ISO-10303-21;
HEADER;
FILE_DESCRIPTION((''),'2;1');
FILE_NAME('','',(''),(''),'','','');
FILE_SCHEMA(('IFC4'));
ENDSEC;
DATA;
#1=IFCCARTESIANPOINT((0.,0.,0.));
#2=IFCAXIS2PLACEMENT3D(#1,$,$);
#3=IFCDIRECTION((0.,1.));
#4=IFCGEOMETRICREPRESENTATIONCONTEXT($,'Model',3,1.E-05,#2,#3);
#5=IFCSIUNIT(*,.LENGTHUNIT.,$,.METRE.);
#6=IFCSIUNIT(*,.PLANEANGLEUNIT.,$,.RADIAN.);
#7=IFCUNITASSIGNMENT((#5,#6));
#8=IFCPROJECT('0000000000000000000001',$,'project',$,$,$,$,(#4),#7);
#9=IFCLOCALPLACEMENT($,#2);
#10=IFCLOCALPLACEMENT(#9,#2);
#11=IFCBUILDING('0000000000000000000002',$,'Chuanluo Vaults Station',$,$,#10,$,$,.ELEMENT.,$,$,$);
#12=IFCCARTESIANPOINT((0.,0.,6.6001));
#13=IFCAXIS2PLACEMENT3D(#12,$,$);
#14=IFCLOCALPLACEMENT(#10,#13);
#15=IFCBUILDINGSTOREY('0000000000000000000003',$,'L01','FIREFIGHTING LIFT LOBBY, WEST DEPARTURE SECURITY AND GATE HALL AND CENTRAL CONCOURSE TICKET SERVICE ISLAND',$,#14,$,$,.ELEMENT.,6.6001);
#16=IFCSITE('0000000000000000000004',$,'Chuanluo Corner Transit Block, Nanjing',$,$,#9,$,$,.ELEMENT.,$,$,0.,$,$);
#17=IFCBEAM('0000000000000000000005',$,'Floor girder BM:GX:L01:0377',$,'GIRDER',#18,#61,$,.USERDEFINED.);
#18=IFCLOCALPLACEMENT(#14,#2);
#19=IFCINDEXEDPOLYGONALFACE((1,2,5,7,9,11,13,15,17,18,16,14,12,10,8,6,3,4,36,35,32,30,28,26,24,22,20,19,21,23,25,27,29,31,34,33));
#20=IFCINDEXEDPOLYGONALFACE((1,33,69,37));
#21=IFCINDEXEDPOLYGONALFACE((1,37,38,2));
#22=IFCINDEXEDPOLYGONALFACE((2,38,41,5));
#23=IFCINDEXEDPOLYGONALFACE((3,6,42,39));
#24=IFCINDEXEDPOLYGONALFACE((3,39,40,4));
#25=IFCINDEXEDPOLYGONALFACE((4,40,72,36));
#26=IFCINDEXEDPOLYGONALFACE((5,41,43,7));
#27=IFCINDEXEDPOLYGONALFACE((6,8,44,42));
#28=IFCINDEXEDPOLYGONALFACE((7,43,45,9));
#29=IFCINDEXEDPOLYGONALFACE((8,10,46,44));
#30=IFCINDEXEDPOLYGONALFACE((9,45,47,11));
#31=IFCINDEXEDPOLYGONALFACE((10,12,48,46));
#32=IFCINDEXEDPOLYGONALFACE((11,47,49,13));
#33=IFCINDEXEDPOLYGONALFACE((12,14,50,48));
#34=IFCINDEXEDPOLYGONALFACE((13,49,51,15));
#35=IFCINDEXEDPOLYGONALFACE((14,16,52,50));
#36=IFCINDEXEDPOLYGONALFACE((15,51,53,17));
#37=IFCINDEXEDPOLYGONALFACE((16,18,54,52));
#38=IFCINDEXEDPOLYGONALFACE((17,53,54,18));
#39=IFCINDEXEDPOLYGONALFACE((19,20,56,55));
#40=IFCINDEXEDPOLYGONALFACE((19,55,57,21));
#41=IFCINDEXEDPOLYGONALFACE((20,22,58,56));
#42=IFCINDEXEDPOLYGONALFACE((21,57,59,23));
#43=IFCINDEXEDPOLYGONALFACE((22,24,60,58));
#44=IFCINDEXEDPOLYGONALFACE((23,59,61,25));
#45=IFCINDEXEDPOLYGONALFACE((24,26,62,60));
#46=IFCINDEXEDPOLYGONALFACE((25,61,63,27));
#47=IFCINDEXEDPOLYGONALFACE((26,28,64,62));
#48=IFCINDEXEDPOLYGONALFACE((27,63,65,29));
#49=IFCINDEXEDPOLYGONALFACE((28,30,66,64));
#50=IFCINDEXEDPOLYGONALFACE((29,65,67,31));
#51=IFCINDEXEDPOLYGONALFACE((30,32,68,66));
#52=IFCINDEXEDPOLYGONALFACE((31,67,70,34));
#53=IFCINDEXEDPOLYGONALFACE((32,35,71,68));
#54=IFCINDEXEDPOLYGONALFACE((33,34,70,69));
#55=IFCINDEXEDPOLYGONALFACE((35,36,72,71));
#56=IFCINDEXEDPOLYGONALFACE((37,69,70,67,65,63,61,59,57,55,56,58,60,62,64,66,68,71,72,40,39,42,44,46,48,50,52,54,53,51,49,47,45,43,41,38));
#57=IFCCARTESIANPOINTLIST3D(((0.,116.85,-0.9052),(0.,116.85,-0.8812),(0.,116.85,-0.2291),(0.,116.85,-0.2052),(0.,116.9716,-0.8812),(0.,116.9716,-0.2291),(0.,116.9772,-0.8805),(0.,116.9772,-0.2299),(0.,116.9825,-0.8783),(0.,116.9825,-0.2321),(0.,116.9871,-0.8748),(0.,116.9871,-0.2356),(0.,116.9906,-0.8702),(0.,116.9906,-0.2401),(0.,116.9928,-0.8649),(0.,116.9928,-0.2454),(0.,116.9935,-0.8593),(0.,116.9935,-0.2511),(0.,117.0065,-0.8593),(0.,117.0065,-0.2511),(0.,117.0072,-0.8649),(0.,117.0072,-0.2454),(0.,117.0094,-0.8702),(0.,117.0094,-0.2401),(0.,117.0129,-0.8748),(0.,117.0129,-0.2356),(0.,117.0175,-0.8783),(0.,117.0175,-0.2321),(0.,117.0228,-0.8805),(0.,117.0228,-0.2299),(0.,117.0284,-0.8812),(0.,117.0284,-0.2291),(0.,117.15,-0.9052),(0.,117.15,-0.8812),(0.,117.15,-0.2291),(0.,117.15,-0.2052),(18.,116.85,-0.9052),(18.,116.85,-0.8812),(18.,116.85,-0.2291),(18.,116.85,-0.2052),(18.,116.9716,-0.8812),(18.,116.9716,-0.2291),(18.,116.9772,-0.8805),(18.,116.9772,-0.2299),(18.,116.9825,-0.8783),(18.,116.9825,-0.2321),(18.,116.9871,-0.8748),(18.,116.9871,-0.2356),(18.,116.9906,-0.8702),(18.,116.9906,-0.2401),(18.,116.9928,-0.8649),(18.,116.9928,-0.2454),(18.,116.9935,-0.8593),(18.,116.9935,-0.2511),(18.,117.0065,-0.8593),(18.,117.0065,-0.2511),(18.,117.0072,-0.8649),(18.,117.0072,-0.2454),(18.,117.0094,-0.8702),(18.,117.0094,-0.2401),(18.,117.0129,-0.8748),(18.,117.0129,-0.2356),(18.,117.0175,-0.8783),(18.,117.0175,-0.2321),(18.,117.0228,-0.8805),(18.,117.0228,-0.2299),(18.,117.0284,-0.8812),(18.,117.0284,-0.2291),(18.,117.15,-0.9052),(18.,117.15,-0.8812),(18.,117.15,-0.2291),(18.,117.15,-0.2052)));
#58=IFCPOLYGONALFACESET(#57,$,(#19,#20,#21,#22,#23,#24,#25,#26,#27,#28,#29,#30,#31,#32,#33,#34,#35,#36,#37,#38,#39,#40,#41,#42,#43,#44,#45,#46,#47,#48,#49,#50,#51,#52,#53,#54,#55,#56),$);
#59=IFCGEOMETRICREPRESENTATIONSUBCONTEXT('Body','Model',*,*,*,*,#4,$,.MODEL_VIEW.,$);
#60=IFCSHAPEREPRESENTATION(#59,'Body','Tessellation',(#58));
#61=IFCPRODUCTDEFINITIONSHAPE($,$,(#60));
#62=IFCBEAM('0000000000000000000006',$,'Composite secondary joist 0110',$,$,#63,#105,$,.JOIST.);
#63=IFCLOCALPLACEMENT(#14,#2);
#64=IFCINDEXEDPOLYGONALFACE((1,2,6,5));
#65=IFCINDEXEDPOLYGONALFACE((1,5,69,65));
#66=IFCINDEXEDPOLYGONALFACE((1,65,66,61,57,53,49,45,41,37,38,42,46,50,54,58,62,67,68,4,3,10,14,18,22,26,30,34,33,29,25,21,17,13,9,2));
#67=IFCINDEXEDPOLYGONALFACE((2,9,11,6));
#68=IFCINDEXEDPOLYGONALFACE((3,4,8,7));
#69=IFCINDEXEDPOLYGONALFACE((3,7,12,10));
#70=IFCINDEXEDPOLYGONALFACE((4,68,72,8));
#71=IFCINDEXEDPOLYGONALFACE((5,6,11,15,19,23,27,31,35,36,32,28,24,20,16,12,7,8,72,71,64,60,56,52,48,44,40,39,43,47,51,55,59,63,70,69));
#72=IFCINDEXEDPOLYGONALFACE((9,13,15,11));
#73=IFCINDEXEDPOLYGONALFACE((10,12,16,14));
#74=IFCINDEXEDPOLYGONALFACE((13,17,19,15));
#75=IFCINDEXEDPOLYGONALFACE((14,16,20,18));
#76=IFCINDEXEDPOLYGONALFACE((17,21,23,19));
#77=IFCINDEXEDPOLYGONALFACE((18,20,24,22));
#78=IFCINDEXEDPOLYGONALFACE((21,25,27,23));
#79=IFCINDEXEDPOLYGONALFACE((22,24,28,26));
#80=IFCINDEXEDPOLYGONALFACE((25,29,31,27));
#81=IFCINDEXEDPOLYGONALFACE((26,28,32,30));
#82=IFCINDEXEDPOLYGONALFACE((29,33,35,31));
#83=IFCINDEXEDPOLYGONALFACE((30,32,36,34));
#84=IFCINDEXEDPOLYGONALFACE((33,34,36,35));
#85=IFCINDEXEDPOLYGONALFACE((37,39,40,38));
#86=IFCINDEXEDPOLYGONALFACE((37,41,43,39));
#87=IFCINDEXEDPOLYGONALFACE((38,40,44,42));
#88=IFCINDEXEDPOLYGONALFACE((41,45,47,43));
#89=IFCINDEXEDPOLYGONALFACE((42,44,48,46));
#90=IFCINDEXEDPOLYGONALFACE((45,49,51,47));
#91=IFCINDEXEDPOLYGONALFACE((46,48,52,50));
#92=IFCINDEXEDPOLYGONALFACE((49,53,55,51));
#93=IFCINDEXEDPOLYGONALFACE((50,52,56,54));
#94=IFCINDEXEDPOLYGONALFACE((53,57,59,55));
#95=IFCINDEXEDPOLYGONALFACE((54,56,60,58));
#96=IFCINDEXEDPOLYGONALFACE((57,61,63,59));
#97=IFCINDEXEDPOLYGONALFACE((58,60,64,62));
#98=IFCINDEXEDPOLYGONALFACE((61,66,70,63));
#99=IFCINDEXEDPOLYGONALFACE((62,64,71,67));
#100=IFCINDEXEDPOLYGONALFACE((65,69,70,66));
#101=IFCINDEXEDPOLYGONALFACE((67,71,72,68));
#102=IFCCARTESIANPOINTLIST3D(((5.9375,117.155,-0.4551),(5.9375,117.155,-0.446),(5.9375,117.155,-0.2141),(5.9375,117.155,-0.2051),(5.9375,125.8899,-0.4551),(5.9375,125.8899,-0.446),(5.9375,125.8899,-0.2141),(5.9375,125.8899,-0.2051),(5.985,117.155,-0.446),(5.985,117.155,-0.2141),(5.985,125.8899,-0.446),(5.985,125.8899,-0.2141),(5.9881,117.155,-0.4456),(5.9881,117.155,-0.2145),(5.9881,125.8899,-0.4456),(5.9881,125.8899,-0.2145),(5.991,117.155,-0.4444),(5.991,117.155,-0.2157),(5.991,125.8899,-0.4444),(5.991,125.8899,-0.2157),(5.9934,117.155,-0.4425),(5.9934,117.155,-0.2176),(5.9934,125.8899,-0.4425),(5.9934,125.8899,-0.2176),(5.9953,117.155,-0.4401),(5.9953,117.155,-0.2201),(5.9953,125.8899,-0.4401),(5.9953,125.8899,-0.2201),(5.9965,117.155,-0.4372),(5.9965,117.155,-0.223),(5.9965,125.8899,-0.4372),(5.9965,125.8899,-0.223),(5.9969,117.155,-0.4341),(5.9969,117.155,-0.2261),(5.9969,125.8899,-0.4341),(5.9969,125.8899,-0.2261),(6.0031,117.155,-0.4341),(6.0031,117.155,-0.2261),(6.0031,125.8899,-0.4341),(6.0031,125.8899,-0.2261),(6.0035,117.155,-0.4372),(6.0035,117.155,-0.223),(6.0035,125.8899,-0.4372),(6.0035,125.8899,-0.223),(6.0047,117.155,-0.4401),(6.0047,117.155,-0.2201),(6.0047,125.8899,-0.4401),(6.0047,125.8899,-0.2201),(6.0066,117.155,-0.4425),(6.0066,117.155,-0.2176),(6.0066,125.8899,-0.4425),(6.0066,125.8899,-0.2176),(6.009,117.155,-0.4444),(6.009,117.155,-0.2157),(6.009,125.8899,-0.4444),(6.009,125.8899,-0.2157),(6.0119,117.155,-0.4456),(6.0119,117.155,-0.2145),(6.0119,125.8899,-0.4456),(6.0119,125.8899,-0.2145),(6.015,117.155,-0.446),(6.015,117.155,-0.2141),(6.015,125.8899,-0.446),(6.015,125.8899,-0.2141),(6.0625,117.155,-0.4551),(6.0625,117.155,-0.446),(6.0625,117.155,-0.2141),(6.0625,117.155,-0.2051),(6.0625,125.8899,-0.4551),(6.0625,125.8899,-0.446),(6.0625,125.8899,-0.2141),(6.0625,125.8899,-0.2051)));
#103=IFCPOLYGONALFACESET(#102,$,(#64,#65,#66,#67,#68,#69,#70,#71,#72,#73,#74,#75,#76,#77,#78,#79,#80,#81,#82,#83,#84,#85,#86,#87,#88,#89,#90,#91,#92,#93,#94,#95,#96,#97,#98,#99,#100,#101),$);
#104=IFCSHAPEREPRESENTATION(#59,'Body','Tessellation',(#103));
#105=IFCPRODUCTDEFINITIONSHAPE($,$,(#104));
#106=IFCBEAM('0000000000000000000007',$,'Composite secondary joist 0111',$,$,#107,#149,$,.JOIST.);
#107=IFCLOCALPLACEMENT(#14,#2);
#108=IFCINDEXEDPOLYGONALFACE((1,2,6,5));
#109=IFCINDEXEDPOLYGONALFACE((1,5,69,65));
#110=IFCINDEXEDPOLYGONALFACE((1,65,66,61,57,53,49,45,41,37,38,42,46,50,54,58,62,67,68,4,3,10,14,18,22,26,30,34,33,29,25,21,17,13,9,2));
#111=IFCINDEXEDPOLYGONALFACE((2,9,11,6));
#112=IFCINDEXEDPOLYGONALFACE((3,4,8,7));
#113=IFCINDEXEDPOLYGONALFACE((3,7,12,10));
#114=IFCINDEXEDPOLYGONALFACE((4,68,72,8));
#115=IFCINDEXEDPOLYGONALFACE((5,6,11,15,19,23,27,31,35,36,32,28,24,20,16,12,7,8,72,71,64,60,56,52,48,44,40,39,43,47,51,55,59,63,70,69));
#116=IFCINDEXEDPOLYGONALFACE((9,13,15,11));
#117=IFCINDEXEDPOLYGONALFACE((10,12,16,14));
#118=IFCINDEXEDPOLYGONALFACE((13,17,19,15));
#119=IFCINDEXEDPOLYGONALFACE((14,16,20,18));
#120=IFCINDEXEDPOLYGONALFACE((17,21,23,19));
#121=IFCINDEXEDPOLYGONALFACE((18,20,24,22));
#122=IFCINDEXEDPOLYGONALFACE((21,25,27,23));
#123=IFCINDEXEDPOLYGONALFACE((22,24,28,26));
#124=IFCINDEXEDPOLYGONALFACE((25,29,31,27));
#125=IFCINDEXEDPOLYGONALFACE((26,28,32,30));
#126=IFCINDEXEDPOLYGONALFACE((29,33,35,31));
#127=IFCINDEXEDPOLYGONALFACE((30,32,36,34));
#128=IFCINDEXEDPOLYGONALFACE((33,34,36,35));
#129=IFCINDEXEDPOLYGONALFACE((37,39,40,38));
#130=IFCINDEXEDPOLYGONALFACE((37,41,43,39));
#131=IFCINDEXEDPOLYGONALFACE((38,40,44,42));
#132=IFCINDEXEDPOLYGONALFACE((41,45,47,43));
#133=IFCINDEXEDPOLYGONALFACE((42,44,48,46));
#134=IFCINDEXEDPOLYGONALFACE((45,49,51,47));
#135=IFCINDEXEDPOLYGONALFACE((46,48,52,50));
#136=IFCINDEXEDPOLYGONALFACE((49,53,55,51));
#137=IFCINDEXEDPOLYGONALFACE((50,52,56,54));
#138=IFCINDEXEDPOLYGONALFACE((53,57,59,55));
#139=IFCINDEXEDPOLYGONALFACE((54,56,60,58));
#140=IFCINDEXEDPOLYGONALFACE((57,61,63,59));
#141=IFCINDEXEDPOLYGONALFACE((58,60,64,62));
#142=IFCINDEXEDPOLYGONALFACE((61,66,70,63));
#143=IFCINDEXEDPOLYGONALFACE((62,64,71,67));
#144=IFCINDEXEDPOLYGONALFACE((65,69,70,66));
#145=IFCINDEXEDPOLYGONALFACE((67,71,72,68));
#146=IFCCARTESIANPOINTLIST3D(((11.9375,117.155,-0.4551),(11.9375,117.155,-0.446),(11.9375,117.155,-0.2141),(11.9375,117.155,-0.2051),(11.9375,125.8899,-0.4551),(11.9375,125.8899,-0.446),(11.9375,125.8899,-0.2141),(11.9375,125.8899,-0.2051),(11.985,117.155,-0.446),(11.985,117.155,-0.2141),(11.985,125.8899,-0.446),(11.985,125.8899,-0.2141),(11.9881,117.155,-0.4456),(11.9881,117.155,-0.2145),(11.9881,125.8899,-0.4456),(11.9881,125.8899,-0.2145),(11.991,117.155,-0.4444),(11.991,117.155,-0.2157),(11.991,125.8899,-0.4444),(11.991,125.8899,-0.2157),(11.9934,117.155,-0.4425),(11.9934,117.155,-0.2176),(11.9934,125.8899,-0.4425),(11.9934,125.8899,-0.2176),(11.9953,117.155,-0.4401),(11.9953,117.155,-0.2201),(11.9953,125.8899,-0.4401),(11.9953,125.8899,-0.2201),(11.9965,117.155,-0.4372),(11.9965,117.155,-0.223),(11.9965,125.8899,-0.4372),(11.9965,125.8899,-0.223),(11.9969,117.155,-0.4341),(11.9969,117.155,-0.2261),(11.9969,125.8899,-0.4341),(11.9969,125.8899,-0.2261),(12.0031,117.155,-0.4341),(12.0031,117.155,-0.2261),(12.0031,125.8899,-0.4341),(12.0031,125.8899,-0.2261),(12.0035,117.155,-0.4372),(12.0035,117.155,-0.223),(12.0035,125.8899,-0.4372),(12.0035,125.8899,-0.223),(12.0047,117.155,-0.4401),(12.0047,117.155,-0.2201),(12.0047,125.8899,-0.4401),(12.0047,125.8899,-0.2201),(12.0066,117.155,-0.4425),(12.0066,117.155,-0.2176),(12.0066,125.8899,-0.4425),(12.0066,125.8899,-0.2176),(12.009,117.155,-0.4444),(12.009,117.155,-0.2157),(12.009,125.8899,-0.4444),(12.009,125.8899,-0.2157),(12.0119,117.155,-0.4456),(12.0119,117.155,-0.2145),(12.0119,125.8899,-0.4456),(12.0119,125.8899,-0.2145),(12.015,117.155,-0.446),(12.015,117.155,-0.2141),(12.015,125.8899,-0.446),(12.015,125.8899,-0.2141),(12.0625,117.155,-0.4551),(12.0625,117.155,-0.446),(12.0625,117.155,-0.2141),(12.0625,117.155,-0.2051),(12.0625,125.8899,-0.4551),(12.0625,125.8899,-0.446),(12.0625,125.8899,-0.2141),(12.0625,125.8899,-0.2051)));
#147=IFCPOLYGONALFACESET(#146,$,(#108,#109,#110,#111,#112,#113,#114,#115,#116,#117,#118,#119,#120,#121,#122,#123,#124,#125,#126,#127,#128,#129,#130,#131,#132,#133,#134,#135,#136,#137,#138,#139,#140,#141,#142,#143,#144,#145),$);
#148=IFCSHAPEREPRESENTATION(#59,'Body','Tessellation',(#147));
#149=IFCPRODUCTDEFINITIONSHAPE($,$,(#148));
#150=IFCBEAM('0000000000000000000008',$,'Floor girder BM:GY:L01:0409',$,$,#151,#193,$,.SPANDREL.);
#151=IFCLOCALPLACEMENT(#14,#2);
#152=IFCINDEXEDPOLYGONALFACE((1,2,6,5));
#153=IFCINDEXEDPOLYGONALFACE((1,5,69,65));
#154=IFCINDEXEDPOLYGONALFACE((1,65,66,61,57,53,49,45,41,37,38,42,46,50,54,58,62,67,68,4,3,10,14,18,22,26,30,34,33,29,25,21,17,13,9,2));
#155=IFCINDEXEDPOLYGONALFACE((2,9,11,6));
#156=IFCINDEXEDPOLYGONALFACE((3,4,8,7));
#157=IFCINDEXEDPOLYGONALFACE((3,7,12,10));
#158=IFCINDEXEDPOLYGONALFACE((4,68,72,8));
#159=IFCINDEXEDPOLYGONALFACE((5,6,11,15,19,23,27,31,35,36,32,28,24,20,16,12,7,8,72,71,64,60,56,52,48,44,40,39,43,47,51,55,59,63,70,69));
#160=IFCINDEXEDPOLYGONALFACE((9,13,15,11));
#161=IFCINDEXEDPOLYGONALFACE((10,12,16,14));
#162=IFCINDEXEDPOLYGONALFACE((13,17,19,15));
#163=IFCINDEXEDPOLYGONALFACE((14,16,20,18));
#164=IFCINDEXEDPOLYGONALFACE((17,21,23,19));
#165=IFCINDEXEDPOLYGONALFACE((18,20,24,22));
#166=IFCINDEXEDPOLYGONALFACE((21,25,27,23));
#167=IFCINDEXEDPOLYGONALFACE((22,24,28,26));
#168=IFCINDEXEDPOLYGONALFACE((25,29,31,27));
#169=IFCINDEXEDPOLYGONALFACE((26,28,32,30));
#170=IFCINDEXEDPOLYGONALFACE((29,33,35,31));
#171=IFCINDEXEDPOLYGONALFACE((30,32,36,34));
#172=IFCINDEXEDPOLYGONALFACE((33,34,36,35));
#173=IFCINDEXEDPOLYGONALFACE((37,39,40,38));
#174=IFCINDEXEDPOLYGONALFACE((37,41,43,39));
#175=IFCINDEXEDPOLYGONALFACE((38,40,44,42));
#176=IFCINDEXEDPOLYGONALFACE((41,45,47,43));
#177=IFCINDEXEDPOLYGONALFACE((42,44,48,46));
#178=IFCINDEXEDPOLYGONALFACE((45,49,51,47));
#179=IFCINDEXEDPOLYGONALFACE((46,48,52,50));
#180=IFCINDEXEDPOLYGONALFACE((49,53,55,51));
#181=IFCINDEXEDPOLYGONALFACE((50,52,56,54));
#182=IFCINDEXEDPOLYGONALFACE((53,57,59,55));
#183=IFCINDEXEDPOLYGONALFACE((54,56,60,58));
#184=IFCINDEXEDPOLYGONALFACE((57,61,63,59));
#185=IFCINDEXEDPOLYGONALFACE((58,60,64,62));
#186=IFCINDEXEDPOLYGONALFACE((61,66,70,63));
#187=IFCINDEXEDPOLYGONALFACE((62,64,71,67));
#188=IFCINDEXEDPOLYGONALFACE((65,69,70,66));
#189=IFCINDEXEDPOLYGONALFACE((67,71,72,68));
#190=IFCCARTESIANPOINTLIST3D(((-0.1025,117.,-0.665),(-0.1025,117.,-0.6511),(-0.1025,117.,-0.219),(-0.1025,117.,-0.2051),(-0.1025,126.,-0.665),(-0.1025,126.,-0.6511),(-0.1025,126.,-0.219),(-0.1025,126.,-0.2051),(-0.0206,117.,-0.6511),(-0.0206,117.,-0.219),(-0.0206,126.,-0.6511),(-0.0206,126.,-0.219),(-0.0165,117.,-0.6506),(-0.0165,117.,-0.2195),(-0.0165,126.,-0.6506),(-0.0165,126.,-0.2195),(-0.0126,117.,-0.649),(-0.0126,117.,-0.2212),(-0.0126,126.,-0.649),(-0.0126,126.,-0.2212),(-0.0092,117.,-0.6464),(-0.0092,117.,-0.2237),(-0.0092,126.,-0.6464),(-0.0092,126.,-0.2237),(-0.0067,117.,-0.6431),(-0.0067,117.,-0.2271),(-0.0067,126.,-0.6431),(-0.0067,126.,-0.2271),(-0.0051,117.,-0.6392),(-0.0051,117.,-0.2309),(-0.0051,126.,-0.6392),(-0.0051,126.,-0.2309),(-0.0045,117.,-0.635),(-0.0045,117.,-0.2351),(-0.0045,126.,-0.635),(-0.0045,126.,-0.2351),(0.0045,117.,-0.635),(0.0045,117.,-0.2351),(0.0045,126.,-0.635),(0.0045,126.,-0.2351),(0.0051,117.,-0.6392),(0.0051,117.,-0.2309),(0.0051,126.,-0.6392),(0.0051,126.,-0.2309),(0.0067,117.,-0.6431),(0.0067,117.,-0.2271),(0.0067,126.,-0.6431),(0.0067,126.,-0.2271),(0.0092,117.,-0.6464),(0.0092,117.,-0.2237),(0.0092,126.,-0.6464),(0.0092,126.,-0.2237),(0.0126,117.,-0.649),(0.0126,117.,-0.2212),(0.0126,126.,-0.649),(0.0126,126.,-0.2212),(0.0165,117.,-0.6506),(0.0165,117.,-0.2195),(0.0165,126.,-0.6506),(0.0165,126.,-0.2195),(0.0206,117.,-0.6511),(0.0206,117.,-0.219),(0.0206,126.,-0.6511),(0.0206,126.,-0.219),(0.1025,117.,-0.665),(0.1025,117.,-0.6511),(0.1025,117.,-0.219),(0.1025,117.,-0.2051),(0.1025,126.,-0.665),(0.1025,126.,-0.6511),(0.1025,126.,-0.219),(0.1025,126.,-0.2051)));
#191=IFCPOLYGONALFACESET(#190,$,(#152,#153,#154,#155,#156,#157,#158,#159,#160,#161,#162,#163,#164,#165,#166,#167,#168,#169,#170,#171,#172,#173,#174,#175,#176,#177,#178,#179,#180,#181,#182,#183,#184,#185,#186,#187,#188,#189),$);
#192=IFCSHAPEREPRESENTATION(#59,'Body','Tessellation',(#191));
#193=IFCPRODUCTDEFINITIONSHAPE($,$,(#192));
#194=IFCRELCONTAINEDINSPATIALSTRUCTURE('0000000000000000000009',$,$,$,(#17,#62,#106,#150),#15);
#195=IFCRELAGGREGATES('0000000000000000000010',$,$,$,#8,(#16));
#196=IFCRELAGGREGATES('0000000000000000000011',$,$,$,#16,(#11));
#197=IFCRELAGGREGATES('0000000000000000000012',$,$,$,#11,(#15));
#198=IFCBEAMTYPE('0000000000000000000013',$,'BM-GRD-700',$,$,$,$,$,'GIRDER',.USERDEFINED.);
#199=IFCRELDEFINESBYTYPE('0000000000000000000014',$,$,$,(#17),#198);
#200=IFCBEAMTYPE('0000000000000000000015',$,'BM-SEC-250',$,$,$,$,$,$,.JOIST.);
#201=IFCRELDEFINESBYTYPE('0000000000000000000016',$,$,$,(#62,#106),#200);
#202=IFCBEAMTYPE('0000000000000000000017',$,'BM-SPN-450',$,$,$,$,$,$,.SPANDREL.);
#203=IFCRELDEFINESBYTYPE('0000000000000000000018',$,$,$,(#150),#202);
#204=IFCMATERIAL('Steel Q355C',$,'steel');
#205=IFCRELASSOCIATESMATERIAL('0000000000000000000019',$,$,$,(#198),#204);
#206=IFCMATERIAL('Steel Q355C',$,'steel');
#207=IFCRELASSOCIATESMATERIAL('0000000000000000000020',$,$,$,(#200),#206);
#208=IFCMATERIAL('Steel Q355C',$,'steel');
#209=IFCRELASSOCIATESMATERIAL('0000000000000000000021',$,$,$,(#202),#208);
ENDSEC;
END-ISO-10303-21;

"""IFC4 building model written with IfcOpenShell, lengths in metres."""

from ifc_helpers import new_model, si_unit, direction, frame, origin, origin_2d, place, context, subcontext, project, spatial, i_section, extrude, material, material_profile, profile_set, type_object, element, save


model = new_model("IFC4")

# Units and contexts
model_context = context("Model", 3, precision=1e-05, world=origin(), true_north=direction((0.0, 1.0)))
body_context = subcontext(model_context, "Body", "Model", "MODEL_VIEW")
ifc_project = project(units=[si_unit("LENGTHUNIT", "METRE"), si_unit("PLANEANGLEUNIT", "RADIAN")], contexts=[model_context])

# Site, building, storey
site_placement = place(None, origin())
site = spatial("IfcSite", under=ifc_project, at=site_placement, Name="Chuanluo Corner Transit Block, Nanjing", CompositionType="ELEMENT", RefElevation=0.0)
building_placement = place(site_placement, origin())
building = spatial("IfcBuilding", under=site, at=building_placement, Name="Chuanluo Vaults Station", CompositionType="ELEMENT")
storey_placement = place(building_placement, frame((0.0, 0.0, 6.6001)))
storey = spatial("IfcBuildingStorey", under=building, at=storey_placement, Name="L01", Description="FIREFIGHTING LIFT LOBBY, WEST DEPARTURE SECURITY AND GATE HALL AND CENTRAL CONCOURSE TICKET SERVICE ISLAND", CompositionType="ELEMENT", Elevation=6.6001)

# Beams
ifc_material_1 = material(Name="Steel Q355C", Category="steel")
ifc_material_profile_1 = material_profile(ifc_material_1, i_section(OverallWidth=0.3, OverallDepth=0.7, WebThickness=0.0129, FlangeThickness=0.0239, FilletRadius=0.022, at=origin_2d()))
ifc_profile_set_1 = profile_set([ifc_material_profile_1], Name="Steel Q355C")
beam_type_1 = type_object("IfcBeamType", Name="BM-GRD-700", ElementType="GIRDER", PredefinedType="USERDEFINED", material=ifc_profile_set_1)
beam_1_placement = place(storey_placement, frame((0.0, 117.0, -0.5552), z_axis=(1.0, 0.0, 0.0), x_axis=(0.0, 1.0, 0.0)))
element("IfcBeam", 1, at=beam_1_placement, inside=storey, type_object=beam_type_1, Name="Floor girder BM:GX:L01:0377", ObjectType="GIRDER", PredefinedType="USERDEFINED", context=body_context, shape_type="SweptSolid", body=[
    extrude(i_section(OverallWidth=0.3, OverallDepth=0.7, WebThickness=0.0129, FlangeThickness=0.0239, FilletRadius=0.022, at=origin_2d()), origin(), (0.0, 0.0, 1.0), 18.0),
])
ifc_material_2 = material(Name="Steel Q355C", Category="steel")
ifc_material_profile_2 = material_profile(ifc_material_2, i_section(OverallWidth=0.125, OverallDepth=0.25, WebThickness=0.0061, FlangeThickness=0.009, FilletRadius=0.012, at=origin_2d()))
ifc_profile_set_2 = profile_set([ifc_material_profile_2], Name="Steel Q355C")
beam_type_2 = type_object("IfcBeamType", Name="BM-SEC-250", PredefinedType="JOIST", material=ifc_profile_set_2)
for number, where, z_axis, x_axis, name in (
    (2, (6.0, 117.155, -0.3301), (0.0, 1.0, 0.0), (-1.0, 0.0, 0.0), "Composite secondary joist 0110"),
    (3, (12.0, 117.155, -0.3301), (0.0, 1.0, 0.0), (-1.0, 0.0, 0.0), "Composite secondary joist 0111"),
):
    element("IfcBeam", number, at=place(storey_placement, frame(where, z_axis=z_axis, x_axis=x_axis)), inside=storey, type_object=beam_type_2, Name=name, PredefinedType="JOIST", context=body_context, shape_type="SweptSolid", body=[
        extrude(i_section(OverallWidth=0.125, OverallDepth=0.25, WebThickness=0.0061, FlangeThickness=0.009, FilletRadius=0.012, at=origin_2d()), origin(), (0.0, 0.0, 1.0), 8.7349),
    ])
ifc_material_3 = material(Name="Steel Q355C", Category="steel")
ifc_material_profile_3 = material_profile(ifc_material_3, i_section(OverallWidth=0.2051, OverallDepth=0.46, WebThickness=0.009, FlangeThickness=0.0139, FilletRadius=0.0161, at=origin_2d()))
ifc_profile_set_3 = profile_set([ifc_material_profile_3], Name="Steel Q355C")
beam_type_3 = type_object("IfcBeamType", Name="BM-SPN-450", PredefinedType="SPANDREL", material=ifc_profile_set_3)
beam_2_placement = place(storey_placement, frame((0.0, 117.0, -0.4351), z_axis=(0.0, 1.0, 0.0), x_axis=(-1.0, 0.0, 0.0)))
element("IfcBeam", 4, at=beam_2_placement, inside=storey, type_object=beam_type_3, Name="Floor girder BM:GY:L01:0409", PredefinedType="SPANDREL", context=body_context, shape_type="SweptSolid", body=[
    extrude(i_section(OverallWidth=0.2051, OverallDepth=0.46, WebThickness=0.009, FlangeThickness=0.0139, FilletRadius=0.0161, at=origin_2d()), origin(), (0.0, 0.0, 1.0), 9.0),
])

save(model, "model.ifc")
